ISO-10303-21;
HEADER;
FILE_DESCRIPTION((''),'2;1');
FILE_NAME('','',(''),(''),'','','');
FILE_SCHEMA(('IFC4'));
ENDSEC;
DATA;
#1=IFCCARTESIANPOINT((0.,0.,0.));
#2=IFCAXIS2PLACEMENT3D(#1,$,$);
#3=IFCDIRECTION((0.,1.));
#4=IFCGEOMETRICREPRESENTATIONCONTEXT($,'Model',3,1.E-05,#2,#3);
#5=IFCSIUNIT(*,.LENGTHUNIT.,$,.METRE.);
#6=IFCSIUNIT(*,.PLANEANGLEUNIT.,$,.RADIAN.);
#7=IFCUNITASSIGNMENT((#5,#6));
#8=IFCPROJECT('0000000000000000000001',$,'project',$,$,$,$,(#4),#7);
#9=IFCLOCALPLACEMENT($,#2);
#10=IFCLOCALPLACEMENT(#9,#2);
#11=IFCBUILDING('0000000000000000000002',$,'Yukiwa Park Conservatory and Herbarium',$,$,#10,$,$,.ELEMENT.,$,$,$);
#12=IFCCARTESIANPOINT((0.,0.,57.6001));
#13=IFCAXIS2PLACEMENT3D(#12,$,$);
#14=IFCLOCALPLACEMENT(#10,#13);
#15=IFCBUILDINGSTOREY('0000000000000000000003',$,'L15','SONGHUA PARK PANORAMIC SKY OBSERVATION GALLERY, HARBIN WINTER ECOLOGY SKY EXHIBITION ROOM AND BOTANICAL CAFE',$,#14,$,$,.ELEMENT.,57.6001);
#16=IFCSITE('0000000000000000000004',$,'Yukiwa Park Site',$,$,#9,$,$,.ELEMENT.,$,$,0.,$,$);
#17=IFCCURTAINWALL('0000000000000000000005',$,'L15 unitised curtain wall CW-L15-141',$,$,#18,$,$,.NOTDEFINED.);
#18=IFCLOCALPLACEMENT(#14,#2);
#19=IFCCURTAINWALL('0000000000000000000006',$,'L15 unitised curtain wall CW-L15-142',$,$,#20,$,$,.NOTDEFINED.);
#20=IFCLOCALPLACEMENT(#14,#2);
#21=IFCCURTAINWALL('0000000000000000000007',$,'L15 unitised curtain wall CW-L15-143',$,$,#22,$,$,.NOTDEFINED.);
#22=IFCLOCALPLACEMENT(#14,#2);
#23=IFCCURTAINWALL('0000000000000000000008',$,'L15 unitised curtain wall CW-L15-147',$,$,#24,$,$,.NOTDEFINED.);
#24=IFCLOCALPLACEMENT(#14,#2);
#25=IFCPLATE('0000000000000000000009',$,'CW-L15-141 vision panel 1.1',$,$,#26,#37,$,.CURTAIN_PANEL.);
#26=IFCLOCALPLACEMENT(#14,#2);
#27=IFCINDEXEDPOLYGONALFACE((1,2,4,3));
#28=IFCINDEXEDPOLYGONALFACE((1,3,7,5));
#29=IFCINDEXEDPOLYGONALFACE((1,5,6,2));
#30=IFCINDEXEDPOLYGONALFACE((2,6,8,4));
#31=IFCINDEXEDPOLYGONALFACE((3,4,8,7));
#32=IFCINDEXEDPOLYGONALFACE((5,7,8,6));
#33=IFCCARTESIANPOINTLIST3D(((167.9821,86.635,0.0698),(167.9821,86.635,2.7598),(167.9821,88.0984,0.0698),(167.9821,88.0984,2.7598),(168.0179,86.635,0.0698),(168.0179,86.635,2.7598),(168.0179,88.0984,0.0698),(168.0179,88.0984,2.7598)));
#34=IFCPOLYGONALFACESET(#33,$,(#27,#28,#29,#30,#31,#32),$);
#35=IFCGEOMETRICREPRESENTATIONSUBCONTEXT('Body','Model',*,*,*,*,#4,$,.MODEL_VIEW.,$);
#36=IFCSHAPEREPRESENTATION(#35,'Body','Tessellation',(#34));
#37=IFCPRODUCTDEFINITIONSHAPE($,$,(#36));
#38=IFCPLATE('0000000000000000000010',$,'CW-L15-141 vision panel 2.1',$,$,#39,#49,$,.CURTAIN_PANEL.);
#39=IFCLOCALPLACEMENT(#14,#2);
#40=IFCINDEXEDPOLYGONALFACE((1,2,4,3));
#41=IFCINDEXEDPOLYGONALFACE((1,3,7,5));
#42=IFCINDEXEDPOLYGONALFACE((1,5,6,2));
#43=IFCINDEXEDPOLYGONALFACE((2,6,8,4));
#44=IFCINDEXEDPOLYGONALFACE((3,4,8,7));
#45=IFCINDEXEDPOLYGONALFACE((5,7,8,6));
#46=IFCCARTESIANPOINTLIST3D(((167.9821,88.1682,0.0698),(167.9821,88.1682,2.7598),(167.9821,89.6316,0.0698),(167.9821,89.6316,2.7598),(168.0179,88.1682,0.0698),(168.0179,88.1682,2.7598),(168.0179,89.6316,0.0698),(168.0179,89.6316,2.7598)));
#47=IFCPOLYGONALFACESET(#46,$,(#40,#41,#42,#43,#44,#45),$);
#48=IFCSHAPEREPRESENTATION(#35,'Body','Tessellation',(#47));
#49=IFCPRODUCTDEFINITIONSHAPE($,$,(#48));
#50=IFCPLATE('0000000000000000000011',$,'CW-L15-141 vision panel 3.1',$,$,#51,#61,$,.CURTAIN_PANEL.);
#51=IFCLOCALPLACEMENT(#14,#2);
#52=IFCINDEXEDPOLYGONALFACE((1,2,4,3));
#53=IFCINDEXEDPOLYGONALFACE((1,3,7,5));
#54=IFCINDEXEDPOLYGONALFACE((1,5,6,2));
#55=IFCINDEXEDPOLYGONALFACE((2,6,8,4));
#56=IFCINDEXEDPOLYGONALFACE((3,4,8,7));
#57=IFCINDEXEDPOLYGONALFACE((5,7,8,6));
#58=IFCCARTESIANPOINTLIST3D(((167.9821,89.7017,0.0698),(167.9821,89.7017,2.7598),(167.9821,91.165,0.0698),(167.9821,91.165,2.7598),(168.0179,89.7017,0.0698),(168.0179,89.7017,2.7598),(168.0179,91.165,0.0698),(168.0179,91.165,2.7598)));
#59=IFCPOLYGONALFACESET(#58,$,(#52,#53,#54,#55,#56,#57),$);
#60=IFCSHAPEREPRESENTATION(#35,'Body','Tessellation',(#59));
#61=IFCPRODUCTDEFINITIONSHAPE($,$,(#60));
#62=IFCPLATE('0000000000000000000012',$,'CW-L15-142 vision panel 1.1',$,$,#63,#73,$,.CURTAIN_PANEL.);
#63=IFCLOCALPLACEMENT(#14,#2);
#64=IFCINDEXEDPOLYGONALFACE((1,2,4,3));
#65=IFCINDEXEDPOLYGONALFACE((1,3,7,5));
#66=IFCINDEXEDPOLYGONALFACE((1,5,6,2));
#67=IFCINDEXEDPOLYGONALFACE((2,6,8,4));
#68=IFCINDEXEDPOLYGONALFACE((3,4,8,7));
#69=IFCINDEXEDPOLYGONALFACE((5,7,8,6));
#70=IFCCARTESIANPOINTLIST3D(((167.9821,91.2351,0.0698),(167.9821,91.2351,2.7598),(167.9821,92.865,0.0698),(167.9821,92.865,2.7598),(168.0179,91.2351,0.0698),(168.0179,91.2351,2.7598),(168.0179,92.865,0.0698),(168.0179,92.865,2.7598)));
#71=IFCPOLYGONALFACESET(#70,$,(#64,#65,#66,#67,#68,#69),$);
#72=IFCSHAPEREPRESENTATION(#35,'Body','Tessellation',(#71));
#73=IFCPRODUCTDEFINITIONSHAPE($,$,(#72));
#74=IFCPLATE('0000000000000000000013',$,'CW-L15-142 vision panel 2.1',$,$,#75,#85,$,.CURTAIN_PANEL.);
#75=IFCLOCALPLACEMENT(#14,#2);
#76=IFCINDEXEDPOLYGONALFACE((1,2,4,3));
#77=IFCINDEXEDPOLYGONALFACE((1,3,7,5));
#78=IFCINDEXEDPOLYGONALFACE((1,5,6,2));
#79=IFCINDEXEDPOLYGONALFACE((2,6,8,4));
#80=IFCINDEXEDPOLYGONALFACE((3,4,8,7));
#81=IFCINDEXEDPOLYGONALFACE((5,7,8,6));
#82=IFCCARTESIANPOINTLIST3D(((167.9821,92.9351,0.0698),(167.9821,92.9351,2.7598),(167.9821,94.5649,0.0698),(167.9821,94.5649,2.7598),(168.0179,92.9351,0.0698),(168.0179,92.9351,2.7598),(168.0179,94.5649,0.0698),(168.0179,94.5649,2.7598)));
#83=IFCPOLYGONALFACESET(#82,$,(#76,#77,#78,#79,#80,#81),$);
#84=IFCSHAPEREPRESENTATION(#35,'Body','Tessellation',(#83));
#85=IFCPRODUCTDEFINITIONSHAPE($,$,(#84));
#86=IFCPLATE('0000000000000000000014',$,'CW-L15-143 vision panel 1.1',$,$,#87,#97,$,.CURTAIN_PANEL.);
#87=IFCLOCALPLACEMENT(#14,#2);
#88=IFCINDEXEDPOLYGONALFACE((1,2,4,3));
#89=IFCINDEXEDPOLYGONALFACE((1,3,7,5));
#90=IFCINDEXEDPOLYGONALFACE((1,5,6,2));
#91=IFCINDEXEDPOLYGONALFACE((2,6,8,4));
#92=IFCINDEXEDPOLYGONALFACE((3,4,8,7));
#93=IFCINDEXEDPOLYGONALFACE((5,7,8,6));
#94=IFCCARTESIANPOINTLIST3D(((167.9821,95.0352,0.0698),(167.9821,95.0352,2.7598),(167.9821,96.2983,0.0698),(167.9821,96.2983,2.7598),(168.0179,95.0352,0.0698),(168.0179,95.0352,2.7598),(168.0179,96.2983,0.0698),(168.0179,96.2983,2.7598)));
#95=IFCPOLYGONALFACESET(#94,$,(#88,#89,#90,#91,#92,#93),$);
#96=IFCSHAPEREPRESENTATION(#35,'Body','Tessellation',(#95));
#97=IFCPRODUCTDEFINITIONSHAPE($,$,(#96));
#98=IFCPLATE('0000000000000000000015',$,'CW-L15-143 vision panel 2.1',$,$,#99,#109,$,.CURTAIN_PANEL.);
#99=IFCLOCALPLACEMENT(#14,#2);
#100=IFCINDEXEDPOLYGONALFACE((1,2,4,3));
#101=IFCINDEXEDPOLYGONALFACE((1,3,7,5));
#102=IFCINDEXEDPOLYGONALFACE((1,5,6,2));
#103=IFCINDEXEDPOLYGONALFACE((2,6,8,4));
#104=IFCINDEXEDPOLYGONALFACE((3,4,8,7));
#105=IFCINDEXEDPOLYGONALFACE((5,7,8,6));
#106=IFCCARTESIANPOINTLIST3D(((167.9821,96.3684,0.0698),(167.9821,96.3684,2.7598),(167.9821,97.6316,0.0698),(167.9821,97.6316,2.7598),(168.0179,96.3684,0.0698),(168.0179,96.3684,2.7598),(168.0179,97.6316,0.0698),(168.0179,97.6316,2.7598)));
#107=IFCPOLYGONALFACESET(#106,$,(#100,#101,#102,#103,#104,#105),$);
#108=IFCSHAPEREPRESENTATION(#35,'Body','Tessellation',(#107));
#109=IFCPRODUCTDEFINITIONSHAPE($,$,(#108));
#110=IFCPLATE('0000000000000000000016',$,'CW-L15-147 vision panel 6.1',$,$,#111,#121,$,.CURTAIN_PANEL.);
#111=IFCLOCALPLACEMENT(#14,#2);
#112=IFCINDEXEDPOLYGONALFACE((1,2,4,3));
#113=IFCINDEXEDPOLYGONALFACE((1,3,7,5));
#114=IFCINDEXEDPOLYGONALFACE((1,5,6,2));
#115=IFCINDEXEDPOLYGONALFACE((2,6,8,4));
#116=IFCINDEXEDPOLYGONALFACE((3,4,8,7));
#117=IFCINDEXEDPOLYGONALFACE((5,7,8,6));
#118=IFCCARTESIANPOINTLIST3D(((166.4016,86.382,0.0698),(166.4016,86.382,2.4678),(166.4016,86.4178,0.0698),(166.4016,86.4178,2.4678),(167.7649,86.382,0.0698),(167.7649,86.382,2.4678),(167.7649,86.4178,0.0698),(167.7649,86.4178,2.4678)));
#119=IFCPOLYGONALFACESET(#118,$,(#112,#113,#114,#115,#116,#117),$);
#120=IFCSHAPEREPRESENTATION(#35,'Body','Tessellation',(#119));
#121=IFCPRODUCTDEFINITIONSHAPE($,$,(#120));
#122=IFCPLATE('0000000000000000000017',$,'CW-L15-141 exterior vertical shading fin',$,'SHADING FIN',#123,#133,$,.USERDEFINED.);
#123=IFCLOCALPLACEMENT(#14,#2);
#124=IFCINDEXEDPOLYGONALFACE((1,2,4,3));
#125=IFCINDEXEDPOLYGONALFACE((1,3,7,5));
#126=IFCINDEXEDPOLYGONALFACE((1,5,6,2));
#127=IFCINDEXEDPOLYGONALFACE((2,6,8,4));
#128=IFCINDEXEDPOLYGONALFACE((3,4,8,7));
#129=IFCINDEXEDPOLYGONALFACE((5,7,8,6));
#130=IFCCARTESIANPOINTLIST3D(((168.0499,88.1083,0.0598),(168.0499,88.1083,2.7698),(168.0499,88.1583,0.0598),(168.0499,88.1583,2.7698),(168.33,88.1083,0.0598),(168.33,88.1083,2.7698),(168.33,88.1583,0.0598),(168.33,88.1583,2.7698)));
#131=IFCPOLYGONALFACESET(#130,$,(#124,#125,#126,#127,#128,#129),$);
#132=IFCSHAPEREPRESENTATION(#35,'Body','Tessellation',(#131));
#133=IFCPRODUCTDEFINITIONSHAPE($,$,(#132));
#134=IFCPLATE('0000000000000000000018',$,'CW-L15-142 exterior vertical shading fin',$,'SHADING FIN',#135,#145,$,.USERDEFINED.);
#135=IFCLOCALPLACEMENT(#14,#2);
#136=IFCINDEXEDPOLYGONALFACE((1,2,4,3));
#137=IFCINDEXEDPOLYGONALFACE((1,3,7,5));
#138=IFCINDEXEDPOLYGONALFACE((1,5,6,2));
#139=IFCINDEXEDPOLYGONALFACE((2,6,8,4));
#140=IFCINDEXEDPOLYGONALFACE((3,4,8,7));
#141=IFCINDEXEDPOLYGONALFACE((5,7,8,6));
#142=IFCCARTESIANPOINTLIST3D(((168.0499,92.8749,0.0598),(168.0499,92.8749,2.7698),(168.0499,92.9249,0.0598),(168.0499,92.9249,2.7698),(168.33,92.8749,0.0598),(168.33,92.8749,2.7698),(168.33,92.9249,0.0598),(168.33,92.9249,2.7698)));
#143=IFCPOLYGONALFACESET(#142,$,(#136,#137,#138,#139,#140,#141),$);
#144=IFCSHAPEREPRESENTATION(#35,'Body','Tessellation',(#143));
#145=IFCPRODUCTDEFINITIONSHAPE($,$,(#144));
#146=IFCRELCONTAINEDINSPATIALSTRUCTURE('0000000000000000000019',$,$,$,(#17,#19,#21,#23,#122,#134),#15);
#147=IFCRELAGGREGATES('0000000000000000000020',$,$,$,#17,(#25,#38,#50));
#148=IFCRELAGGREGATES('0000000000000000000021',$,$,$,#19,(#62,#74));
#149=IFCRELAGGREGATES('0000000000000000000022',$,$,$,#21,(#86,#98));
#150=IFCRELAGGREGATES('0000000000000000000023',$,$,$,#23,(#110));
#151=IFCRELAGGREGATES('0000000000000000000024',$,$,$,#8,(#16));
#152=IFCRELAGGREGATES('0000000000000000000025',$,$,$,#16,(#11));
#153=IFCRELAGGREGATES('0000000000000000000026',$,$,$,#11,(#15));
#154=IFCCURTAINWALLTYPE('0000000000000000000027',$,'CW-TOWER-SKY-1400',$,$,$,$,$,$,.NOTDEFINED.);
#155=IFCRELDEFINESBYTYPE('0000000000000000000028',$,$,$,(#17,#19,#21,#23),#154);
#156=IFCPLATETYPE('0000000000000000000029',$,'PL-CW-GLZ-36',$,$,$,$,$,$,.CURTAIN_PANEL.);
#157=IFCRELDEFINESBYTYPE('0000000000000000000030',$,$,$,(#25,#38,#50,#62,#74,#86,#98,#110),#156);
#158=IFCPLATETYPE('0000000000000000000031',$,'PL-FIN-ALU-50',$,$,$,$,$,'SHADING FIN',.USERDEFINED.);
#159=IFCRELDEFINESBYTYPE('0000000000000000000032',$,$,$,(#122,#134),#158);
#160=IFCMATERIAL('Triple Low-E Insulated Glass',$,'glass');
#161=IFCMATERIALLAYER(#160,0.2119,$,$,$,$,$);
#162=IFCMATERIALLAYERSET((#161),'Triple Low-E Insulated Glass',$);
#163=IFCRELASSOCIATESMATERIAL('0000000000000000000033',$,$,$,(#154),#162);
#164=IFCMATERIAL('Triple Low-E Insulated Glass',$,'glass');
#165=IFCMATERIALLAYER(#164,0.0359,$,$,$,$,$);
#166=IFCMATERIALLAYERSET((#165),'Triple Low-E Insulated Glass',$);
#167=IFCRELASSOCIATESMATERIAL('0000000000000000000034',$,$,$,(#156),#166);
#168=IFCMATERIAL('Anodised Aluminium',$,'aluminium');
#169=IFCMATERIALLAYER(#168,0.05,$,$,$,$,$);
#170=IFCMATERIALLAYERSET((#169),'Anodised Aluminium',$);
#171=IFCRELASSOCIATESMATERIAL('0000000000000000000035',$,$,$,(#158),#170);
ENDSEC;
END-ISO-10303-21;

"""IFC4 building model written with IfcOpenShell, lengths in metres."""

from ifc_helpers import new_model, si_unit, direction, frame, origin, origin_2d, place, context, subcontext, project, spatial, rectangle, extrude, material, layer, layer_set, type_object, element, aggregate, save


model = new_model("IFC4")

# Units and contexts
model_context = context("Model", 3, precision=1e-05, world=origin(), true_north=direction((0.0, 1.0)))
body_context = subcontext(model_context, "Body", "Model", "MODEL_VIEW")
ifc_project = project(units=[si_unit("LENGTHUNIT", "METRE"), si_unit("PLANEANGLEUNIT", "RADIAN")], contexts=[model_context])

# Site, building, storey
site_placement = place(None, origin())
site = spatial("IfcSite", under=ifc_project, at=site_placement, Name="Yukiwa Park Site", CompositionType="ELEMENT", RefElevation=0.0)
building_placement = place(site_placement, origin())
building = spatial("IfcBuilding", under=site, at=building_placement, Name="Yukiwa Park Conservatory and Herbarium", CompositionType="ELEMENT")
storey_placement = place(building_placement, frame((0.0, 0.0, 57.6001)))
storey = spatial("IfcBuildingStorey", under=building, at=storey_placement, Name="L15", Description="SONGHUA PARK PANORAMIC SKY OBSERVATION GALLERY, HARBIN WINTER ECOLOGY SKY EXHIBITION ROOM AND BOTANICAL CAFE", CompositionType="ELEMENT", Elevation=57.6001)

# Curtain walls
ifc_material_1 = material(Name="Triple Low-E Insulated Glass", Category="glass")
ifc_layer_1 = layer(ifc_material_1, 0.2119)
ifc_layer_set_1 = layer_set([ifc_layer_1], Name="Triple Low-E Insulated Glass")
curtain_wall_type = type_object("IfcCurtainWallType", Name="CW-TOWER-SKY-1400", PredefinedType="NOTDEFINED", material=ifc_layer_set_1)
curtain_wall_1_placement = place(storey_placement, origin())
curtain_wall_1 = element("IfcCurtainWall", 1, at=curtain_wall_1_placement, inside=storey, type_object=curtain_wall_type, Name="L15 unitised curtain wall CW-L15-141", PredefinedType="NOTDEFINED")
curtain_wall_2_placement = place(storey_placement, origin())
curtain_wall_2 = element("IfcCurtainWall", 2, at=curtain_wall_2_placement, inside=storey, type_object=curtain_wall_type, Name="L15 unitised curtain wall CW-L15-142", PredefinedType="NOTDEFINED")
curtain_wall_3_placement = place(storey_placement, origin())
curtain_wall_3 = element("IfcCurtainWall", 3, at=curtain_wall_3_placement, inside=storey, type_object=curtain_wall_type, Name="L15 unitised curtain wall CW-L15-143", PredefinedType="NOTDEFINED")

# Curtain wall
curtain_wall_4_placement = place(storey_placement, origin())
curtain_wall_4 = element("IfcCurtainWall", 4, at=curtain_wall_4_placement, inside=storey, type_object=curtain_wall_type, Name="L15 unitised curtain wall CW-L15-147", PredefinedType="NOTDEFINED")

# Plates
ifc_material_2 = material(Name="Triple Low-E Insulated Glass", Category="glass")
ifc_layer_2 = layer(ifc_material_2, 0.0359)
ifc_layer_set_2 = layer_set([ifc_layer_2], Name="Triple Low-E Insulated Glass")
plate_type_1 = type_object("IfcPlateType", Name="PL-CW-GLZ-36", PredefinedType="CURTAIN_PANEL", material=ifc_layer_set_2)
plate_1_placement = place(storey_placement, frame((168.0, 87.3667, 0.0698), z_axis=(0.0, 0.0, 1.0), x_axis=(0.0, 1.0, 0.0)))
plate_1 = element("IfcPlate", 5, at=plate_1_placement, type_object=plate_type_1, Name="CW-L15-141 vision panel 1.1", PredefinedType="CURTAIN_PANEL", context=body_context, shape_type="SweptSolid", body=[
    extrude(rectangle(XDim=1.4634, YDim=0.0359, at=origin_2d()), origin(), (0.0, 0.0, 1.0), 2.6899),
])
plate_2_placement = place(storey_placement, frame((168.0, 88.8999, 0.0698), z_axis=(0.0, 0.0, 1.0), x_axis=(0.0, 1.0, 0.0)))
plate_2 = element("IfcPlate", 6, at=plate_2_placement, type_object=plate_type_1, Name="CW-L15-141 vision panel 2.1", PredefinedType="CURTAIN_PANEL", context=body_context, shape_type="SweptSolid", body=[
    extrude(rectangle(XDim=1.4634, YDim=0.0359, at=origin_2d()), origin(), (0.0, 0.0, 1.0), 2.6899),
])
plate_3_placement = place(storey_placement, frame((168.0, 90.4333, 0.0698), z_axis=(0.0, 0.0, 1.0), x_axis=(0.0, 1.0, 0.0)))
plate_3 = element("IfcPlate", 7, at=plate_3_placement, type_object=plate_type_1, Name="CW-L15-141 vision panel 3.1", PredefinedType="CURTAIN_PANEL", context=body_context, shape_type="SweptSolid", body=[
    extrude(rectangle(XDim=1.4634, YDim=0.0359, at=origin_2d()), origin(), (0.0, 0.0, 1.0), 2.6899),
])
aggregate(curtain_wall_1, [plate_1, plate_2, plate_3])
plate_4_placement = place(storey_placement, frame((168.0, 92.05, 0.0698), z_axis=(0.0, 0.0, 1.0), x_axis=(0.0, 1.0, 0.0)))
plate_4 = element("IfcPlate", 8, at=plate_4_placement, type_object=plate_type_1, Name="CW-L15-142 vision panel 1.1", PredefinedType="CURTAIN_PANEL", context=body_context, shape_type="SweptSolid", body=[
    extrude(rectangle(XDim=1.6299, YDim=0.0359, at=origin_2d()), origin(), (0.0, 0.0, 1.0), 2.6899),
])
plate_5_placement = place(storey_placement, frame((168.0, 93.75, 0.0698), z_axis=(0.0, 0.0, 1.0), x_axis=(0.0, 1.0, 0.0)))
plate_5 = element("IfcPlate", 9, at=plate_5_placement, type_object=plate_type_1, Name="CW-L15-142 vision panel 2.1", PredefinedType="CURTAIN_PANEL", context=body_context, shape_type="SweptSolid", body=[
    extrude(rectangle(XDim=1.6299, YDim=0.0359, at=origin_2d()), origin(), (0.0, 0.0, 1.0), 2.6899),
])
aggregate(curtain_wall_2, [plate_4, plate_5])
plate_6_placement = place(storey_placement, frame((168.0, 95.6667, 0.0698), z_axis=(0.0, 0.0, 1.0), x_axis=(0.0, 1.0, 0.0)))
plate_6 = element("IfcPlate", 10, at=plate_6_placement, type_object=plate_type_1, Name="CW-L15-143 vision panel 1.1", PredefinedType="CURTAIN_PANEL", context=body_context, shape_type="SweptSolid", body=[
    extrude(rectangle(XDim=1.2632, YDim=0.0359, at=origin_2d()), origin(), (0.0, 0.0, 1.0), 2.6899),
])
plate_7_placement = place(storey_placement, frame((168.0, 97.0, 0.0698), z_axis=(0.0, 0.0, 1.0), x_axis=(0.0, 1.0, 0.0)))
plate_7 = element("IfcPlate", 11, at=plate_7_placement, type_object=plate_type_1, Name="CW-L15-143 vision panel 2.1", PredefinedType="CURTAIN_PANEL", context=body_context, shape_type="SweptSolid", body=[
    extrude(rectangle(XDim=1.2632, YDim=0.0359, at=origin_2d()), origin(), (0.0, 0.0, 1.0), 2.6899),
])
aggregate(curtain_wall_3, [plate_6, plate_7])
plate_8_placement = place(storey_placement, frame((167.0833, 86.3999, 0.0698), z_axis=(0.0, 0.0, 1.0), x_axis=(1.0, 0.0, 0.0)))
plate_8 = element("IfcPlate", 12, at=plate_8_placement, type_object=plate_type_1, Name="CW-L15-147 vision panel 6.1", PredefinedType="CURTAIN_PANEL", context=body_context, shape_type="SweptSolid", body=[
    extrude(rectangle(XDim=1.3633, YDim=0.0359, at=origin_2d()), origin(), (0.0, 0.0, 1.0), 2.3979),
])
aggregate(curtain_wall_4, [plate_8])

# Plates
ifc_material_3 = material(Name="Anodised Aluminium", Category="aluminium")
ifc_layer_3 = layer(ifc_material_3, 0.05)
ifc_layer_set_3 = layer_set([ifc_layer_3], Name="Anodised Aluminium")
plate_type_2 = type_object("IfcPlateType", Name="PL-FIN-ALU-50", ElementType="SHADING FIN", PredefinedType="USERDEFINED", material=ifc_layer_set_3)
for number, where, z_axis, x_axis, name in (
    (13, (168.1899, 88.1333, 0.0598), (0.0, 0.0, 1.0), (0.0, 1.0, 0.0), "CW-L15-141 exterior vertical shading fin"),
    (14, (168.1899, 92.8999, 0.0598), (0.0, 0.0, 1.0), (0.0, 1.0, 0.0), "CW-L15-142 exterior vertical shading fin"),
):
    element("IfcPlate", number, at=place(storey_placement, frame(where, z_axis=z_axis, x_axis=x_axis)), inside=storey, type_object=plate_type_2, Name=name, ObjectType="SHADING FIN", PredefinedType="USERDEFINED", context=body_context, shape_type="SweptSolid", body=[
        extrude(rectangle(XDim=0.05, YDim=0.28, at=origin_2d()), origin(), (0.0, 0.0, 1.0), 2.71),
    ])

save(model, "model.ifc")
